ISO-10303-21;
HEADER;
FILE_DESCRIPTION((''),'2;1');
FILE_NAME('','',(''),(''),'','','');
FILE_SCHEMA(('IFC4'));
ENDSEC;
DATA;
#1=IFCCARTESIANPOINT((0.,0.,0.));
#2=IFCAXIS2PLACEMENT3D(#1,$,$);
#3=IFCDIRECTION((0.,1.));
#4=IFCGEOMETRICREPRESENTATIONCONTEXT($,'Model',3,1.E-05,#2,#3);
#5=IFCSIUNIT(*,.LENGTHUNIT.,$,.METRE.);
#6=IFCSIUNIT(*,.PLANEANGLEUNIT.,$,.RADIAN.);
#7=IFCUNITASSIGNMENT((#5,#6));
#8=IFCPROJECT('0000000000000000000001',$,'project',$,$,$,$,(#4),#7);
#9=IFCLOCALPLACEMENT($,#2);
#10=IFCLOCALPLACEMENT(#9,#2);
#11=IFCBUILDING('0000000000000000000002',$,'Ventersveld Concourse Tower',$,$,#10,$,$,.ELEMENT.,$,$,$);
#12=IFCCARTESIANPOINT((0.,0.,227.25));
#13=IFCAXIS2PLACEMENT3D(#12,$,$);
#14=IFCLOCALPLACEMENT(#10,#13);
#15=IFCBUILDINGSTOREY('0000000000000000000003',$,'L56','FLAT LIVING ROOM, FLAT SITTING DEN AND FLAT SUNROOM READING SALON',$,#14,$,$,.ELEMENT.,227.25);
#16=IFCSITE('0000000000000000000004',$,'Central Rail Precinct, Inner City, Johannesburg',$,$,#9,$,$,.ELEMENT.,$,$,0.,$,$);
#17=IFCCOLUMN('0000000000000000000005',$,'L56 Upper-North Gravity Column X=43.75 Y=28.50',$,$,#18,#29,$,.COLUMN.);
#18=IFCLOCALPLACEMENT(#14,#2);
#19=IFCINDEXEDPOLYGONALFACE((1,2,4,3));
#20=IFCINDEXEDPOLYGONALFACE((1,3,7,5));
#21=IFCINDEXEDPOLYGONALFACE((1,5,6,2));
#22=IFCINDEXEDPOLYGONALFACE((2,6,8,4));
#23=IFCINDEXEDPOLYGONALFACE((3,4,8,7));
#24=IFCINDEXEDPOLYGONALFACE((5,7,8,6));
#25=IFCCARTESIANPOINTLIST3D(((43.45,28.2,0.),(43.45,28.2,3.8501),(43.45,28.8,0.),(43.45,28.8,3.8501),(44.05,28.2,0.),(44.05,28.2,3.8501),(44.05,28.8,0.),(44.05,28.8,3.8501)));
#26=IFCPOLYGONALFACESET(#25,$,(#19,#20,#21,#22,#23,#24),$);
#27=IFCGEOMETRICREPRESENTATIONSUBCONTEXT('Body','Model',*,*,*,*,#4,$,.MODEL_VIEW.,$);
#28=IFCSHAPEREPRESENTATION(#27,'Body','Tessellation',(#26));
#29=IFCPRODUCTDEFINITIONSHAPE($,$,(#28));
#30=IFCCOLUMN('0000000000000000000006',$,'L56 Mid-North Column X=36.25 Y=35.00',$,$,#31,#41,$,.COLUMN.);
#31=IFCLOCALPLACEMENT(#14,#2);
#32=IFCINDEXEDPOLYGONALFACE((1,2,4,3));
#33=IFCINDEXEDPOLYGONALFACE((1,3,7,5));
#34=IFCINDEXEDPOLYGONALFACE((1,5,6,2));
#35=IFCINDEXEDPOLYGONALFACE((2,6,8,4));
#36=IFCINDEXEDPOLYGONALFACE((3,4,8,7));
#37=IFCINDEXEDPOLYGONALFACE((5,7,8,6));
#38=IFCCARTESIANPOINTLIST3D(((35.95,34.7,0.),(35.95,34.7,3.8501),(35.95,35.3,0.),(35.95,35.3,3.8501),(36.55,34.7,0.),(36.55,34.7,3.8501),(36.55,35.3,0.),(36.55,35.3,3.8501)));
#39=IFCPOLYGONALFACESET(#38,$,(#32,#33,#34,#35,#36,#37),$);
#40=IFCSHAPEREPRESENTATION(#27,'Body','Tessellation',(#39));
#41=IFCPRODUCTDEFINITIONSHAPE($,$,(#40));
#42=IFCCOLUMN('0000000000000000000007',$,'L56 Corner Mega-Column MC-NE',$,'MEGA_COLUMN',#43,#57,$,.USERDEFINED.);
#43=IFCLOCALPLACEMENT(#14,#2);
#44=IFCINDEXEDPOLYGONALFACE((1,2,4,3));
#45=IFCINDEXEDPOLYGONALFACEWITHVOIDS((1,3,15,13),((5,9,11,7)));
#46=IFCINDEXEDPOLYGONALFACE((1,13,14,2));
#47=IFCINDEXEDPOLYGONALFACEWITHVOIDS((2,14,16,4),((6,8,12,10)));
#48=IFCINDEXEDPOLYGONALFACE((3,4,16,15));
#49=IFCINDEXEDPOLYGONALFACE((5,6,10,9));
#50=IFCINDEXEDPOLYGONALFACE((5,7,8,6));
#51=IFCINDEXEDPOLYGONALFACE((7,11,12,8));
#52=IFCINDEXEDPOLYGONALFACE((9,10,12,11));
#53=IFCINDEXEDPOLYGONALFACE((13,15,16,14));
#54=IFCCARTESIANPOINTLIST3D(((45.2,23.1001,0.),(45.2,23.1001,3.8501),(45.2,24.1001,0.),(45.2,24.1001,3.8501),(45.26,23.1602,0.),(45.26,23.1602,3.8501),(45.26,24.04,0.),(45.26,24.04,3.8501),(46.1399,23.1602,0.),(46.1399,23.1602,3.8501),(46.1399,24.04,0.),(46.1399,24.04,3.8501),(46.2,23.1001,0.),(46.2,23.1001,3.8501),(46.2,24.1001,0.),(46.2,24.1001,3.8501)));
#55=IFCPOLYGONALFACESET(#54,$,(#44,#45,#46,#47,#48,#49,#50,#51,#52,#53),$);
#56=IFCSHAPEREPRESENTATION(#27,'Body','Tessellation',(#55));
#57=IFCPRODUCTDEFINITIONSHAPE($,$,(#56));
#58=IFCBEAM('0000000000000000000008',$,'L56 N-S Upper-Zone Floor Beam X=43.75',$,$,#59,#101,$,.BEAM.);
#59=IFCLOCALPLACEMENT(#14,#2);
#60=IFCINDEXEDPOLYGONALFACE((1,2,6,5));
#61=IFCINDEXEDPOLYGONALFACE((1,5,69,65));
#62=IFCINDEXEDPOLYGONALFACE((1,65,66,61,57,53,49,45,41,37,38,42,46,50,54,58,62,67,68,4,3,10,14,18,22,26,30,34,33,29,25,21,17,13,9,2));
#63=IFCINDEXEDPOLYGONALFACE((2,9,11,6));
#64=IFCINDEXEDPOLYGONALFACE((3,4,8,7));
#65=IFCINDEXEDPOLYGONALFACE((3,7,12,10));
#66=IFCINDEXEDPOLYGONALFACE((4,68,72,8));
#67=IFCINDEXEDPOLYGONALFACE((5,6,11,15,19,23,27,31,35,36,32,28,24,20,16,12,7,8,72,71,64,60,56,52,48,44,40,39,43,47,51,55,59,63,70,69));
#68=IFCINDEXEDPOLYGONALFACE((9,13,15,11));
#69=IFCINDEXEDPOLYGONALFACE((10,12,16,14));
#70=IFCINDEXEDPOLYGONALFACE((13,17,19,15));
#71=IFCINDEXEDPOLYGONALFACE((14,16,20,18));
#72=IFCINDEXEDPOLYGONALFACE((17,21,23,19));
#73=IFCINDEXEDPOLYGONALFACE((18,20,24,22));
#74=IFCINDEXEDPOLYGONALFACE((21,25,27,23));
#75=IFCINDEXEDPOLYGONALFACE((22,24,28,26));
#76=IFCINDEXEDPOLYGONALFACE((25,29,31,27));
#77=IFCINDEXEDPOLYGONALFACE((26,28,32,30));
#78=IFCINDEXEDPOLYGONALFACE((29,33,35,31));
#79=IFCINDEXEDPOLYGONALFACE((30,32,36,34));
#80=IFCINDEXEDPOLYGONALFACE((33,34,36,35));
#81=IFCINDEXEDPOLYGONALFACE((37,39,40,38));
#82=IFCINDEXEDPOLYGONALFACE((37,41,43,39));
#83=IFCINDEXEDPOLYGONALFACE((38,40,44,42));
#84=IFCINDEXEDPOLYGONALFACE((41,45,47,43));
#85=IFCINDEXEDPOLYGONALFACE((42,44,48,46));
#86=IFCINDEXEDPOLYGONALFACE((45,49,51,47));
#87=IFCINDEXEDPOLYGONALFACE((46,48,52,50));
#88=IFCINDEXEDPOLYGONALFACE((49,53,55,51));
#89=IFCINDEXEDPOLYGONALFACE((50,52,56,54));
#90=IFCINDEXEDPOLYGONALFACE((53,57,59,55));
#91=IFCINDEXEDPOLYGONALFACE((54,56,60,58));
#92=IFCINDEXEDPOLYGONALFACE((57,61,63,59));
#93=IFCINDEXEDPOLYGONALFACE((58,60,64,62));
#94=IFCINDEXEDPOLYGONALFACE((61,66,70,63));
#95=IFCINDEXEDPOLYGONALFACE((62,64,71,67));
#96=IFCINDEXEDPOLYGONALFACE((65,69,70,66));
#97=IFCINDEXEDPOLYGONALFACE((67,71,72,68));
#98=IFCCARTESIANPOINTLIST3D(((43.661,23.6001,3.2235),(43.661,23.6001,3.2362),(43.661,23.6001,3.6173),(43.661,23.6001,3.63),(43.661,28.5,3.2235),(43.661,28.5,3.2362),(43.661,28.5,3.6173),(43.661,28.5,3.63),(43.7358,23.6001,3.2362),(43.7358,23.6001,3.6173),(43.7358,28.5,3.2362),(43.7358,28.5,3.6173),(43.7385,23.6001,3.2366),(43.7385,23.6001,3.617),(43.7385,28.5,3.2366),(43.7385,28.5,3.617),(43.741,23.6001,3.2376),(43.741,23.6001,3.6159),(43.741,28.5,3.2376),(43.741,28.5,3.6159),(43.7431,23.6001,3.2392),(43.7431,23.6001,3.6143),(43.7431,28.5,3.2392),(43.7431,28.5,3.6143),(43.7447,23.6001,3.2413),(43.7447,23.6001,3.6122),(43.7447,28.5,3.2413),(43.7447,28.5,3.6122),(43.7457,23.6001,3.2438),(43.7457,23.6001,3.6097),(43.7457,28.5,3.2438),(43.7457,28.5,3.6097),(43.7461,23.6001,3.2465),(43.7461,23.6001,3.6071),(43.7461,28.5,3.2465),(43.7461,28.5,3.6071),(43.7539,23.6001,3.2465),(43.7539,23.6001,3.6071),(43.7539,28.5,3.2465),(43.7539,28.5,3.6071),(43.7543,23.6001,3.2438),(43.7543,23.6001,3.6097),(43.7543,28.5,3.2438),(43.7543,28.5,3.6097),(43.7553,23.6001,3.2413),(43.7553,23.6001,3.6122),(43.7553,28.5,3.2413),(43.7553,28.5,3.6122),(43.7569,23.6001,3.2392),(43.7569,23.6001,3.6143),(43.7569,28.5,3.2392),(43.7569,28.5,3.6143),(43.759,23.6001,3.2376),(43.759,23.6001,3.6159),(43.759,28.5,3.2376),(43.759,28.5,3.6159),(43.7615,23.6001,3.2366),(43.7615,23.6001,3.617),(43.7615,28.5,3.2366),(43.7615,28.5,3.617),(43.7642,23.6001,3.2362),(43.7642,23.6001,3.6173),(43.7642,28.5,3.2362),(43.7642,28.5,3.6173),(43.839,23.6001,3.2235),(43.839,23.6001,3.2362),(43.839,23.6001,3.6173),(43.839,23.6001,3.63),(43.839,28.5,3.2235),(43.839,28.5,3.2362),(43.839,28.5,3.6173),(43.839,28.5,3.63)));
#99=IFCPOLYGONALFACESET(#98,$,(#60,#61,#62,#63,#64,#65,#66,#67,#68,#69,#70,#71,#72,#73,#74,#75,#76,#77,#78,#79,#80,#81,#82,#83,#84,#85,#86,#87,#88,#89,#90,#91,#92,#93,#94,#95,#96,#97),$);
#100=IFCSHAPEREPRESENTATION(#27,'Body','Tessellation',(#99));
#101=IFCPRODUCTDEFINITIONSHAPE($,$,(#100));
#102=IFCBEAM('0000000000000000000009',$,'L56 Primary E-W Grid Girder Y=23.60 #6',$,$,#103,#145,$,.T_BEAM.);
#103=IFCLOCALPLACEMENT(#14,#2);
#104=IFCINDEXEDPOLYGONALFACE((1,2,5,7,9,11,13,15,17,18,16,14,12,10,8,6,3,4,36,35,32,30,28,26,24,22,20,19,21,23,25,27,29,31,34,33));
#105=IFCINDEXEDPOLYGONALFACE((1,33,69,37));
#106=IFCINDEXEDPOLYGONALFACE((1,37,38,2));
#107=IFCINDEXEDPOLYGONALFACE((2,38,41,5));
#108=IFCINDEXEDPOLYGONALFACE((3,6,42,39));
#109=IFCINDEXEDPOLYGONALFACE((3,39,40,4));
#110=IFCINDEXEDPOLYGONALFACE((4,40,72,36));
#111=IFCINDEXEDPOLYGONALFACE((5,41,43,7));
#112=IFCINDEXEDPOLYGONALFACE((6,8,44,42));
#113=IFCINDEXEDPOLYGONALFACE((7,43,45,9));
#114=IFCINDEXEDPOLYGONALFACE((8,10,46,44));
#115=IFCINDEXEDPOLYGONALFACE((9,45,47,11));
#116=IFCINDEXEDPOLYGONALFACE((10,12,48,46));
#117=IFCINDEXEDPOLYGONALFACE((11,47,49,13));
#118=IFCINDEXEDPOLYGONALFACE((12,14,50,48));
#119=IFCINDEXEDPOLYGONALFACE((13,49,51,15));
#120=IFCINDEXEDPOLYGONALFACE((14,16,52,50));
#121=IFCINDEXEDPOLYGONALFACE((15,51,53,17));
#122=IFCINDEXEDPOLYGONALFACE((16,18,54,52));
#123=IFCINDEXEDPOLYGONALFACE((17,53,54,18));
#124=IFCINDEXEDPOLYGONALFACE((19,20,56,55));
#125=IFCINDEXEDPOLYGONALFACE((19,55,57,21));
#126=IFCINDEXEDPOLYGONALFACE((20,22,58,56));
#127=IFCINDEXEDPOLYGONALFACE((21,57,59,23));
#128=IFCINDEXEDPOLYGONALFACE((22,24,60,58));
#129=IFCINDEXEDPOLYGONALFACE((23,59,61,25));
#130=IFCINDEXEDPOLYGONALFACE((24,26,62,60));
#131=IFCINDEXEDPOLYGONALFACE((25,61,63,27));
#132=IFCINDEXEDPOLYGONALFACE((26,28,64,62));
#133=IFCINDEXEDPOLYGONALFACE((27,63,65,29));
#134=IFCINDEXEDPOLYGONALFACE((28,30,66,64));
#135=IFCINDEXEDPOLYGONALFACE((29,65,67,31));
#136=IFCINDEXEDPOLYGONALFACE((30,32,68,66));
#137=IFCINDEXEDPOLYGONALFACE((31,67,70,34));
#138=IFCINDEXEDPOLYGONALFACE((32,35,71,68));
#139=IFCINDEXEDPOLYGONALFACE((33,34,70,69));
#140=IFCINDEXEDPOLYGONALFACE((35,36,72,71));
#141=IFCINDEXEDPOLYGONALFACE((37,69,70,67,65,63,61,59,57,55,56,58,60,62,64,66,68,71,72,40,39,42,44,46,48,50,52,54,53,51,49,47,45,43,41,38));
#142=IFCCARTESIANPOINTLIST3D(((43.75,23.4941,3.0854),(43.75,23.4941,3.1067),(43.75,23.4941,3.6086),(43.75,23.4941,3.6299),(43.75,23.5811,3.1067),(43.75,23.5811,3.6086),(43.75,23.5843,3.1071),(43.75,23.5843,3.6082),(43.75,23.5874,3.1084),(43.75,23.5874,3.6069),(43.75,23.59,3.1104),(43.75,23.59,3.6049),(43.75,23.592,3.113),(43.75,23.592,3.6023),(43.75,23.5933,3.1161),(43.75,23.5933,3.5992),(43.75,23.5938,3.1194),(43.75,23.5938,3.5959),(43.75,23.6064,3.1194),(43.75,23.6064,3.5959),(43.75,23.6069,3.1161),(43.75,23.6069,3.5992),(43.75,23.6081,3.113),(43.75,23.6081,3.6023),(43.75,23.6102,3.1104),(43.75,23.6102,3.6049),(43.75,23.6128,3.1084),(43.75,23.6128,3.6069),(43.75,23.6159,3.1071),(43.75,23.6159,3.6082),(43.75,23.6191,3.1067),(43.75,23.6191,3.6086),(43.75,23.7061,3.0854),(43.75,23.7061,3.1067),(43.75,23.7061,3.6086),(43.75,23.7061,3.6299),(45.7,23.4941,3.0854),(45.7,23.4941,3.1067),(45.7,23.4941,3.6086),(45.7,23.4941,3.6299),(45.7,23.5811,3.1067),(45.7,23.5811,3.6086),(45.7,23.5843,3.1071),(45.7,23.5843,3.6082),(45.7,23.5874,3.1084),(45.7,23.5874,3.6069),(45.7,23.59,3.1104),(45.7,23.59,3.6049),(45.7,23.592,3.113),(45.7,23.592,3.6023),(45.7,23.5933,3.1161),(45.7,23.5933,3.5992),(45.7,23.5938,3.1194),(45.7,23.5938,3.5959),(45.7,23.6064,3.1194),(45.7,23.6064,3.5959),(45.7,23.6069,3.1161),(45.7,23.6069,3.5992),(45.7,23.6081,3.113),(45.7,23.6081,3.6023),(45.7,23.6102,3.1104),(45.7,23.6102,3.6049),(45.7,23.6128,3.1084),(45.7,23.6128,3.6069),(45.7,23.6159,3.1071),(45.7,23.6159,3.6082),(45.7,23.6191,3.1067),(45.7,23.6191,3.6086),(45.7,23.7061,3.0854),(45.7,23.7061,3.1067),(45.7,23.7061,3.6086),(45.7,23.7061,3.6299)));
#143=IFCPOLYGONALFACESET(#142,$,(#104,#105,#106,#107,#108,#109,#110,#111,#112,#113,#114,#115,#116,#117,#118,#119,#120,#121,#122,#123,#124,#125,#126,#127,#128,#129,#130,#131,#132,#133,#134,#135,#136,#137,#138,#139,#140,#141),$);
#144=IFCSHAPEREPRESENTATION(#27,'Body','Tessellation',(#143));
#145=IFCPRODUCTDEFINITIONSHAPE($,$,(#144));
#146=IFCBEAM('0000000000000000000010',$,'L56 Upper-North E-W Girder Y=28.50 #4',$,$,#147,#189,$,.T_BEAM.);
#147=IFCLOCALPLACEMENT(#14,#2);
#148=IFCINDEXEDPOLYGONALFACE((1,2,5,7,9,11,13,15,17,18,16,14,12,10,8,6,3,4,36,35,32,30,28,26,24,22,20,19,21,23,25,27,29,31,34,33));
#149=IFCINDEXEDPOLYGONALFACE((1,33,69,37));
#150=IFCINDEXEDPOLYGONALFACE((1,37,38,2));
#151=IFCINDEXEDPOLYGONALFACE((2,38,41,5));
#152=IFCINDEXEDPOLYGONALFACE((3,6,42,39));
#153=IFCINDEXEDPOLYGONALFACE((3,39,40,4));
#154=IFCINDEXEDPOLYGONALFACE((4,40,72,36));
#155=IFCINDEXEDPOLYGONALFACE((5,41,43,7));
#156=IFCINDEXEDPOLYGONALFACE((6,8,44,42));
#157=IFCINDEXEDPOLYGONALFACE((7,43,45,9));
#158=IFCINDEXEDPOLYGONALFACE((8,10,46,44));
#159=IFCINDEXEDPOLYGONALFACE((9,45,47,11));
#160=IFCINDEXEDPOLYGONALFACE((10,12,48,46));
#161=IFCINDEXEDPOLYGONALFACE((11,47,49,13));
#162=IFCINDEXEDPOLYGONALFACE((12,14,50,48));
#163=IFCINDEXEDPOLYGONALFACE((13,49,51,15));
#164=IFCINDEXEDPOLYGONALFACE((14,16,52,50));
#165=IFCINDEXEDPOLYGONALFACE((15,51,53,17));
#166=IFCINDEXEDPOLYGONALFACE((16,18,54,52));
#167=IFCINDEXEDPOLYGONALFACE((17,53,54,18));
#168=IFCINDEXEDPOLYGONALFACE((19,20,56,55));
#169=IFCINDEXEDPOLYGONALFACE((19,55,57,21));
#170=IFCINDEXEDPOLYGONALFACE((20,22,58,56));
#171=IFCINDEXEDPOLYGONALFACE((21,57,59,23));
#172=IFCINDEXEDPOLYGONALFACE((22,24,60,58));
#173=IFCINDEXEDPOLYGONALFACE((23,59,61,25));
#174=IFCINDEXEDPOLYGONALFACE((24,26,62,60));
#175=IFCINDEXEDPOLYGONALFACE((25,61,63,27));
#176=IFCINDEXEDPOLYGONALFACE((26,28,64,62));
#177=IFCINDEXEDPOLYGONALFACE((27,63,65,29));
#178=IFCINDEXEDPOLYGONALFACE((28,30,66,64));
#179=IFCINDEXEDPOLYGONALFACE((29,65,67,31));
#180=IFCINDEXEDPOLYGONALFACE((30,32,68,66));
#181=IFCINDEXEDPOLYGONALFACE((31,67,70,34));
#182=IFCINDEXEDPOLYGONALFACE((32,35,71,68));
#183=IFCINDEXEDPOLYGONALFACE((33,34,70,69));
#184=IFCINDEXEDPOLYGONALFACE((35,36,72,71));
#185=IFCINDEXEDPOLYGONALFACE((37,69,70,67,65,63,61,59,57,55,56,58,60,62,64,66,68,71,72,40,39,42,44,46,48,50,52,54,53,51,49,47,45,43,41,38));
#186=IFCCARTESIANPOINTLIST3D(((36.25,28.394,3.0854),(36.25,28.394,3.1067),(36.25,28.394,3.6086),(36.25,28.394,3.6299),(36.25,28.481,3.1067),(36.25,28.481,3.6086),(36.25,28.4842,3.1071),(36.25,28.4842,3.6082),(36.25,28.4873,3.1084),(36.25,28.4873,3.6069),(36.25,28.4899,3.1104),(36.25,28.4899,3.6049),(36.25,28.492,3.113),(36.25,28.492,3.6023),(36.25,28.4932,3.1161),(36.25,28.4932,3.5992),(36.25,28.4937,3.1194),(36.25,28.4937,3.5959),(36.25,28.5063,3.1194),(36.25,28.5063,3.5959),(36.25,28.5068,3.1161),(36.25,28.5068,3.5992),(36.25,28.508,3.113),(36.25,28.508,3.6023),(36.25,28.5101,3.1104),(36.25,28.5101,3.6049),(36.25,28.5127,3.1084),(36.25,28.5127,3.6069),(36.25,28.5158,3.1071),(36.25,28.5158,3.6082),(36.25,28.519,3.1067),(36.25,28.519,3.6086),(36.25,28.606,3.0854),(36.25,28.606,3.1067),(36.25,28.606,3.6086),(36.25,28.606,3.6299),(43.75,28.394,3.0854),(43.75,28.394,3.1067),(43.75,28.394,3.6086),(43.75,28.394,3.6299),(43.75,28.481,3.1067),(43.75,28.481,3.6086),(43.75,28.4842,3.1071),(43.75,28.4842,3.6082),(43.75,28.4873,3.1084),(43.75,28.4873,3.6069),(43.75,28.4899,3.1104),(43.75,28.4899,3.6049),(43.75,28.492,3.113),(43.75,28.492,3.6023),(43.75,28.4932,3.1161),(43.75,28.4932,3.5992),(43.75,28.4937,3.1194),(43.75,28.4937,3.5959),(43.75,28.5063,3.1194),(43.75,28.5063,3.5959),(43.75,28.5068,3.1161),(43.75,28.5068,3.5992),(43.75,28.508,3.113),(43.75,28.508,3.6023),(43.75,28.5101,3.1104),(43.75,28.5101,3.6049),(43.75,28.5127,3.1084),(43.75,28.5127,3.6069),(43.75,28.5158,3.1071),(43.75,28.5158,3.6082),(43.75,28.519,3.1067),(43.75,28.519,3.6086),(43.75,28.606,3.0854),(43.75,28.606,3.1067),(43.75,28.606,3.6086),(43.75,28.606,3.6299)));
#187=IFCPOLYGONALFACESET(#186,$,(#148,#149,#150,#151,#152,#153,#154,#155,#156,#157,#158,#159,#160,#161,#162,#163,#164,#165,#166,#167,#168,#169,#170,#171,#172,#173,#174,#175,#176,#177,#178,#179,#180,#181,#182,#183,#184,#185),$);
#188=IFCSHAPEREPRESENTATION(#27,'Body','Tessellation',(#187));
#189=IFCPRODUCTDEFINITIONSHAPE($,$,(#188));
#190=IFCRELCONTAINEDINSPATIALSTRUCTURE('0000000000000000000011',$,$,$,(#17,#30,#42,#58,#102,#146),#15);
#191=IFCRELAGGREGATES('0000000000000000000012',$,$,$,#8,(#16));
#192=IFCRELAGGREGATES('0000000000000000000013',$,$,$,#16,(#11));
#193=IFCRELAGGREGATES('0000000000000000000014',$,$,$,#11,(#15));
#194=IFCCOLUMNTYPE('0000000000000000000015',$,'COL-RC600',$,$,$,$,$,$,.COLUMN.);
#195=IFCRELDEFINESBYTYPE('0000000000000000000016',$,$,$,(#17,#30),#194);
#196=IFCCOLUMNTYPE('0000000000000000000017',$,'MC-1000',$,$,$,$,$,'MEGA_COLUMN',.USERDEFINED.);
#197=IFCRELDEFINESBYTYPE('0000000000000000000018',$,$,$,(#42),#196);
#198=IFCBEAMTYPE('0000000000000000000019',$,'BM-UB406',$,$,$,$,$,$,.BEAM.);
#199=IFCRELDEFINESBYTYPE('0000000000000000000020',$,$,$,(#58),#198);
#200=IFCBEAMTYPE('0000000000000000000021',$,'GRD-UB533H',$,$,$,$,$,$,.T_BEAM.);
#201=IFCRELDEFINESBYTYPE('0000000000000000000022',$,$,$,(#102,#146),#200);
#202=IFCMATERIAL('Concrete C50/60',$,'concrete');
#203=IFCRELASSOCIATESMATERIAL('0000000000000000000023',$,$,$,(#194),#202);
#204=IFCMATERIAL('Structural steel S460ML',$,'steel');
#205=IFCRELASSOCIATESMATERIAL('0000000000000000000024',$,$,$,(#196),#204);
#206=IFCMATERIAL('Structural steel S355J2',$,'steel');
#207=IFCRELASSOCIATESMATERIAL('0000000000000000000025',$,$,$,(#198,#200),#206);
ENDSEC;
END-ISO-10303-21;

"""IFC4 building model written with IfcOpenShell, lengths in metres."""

from ifc_helpers import new_model, si_unit, direction, frame, origin, origin_2d, place, context, subcontext, project, spatial, rectangle, hollow_rectangle, i_section, extrude, material, material_profile, profile_set, type_object, element, save


model = new_model("IFC4")

# Units and contexts
model_context = context("Model", 3, precision=1e-05, world=origin(), true_north=direction((0.0, 1.0)))
body_context = subcontext(model_context, "Body", "Model", "MODEL_VIEW")
ifc_project = project(units=[si_unit("LENGTHUNIT", "METRE"), si_unit("PLANEANGLEUNIT", "RADIAN")], contexts=[model_context])

# Site, building, storey
site_placement = place(None, origin())
site = spatial("IfcSite", under=ifc_project, at=site_placement, Name="Central Rail Precinct, Inner City, Johannesburg", CompositionType="ELEMENT", RefElevation=0.0)
building_placement = place(site_placement, origin())
building = spatial("IfcBuilding", under=site, at=building_placement, Name="Ventersveld Concourse Tower", CompositionType="ELEMENT")
storey_placement = place(building_placement, frame((0.0, 0.0, 227.25)))
storey = spatial("IfcBuildingStorey", under=building, at=storey_placement, Name="L56", Description="FLAT LIVING ROOM, FLAT SITTING DEN AND FLAT SUNROOM READING SALON", CompositionType="ELEMENT", Elevation=227.25)

# Columns
ifc_material_1 = material(Name="Concrete C50/60", Category="concrete")
ifc_material_profile_1 = material_profile(ifc_material_1, rectangle(XDim=0.6001, YDim=0.6001, at=origin_2d()), Name="RC 600x600")
ifc_profile_set_1 = profile_set([ifc_material_profile_1], Name="Concrete C50/60")
column_type_1 = type_object("IfcColumnType", Name="COL-RC600", PredefinedType="COLUMN", material=ifc_profile_set_1)
for number, where, z_axis, x_axis, name in (
    (1, (43.75, 28.5, 0.0), (0.0, 0.0, 1.0), (1.0, 0.0, 0.0), "L56 Upper-North Gravity Column X=43.75 Y=28.50"),
    (2, (36.25, 35.0, 0.0), (0.0, 0.0, 1.0), (1.0, 0.0, 0.0), "L56 Mid-North Column X=36.25 Y=35.00"),
):
    element("IfcColumn", number, at=place(storey_placement, frame(where, z_axis=z_axis, x_axis=x_axis)), inside=storey, type_object=column_type_1, Name=name, PredefinedType="COLUMN", context=body_context, shape_type="SweptSolid", body=[
        extrude(rectangle(XDim=0.6001, YDim=0.6001, at=origin_2d()), origin(), (0.0, 0.0, 1.0), 3.8501),
    ])
ifc_material_2 = material(Name="Structural steel S460ML", Category="steel")
ifc_material_profile_2 = material_profile(ifc_material_2, hollow_rectangle(XDim=1.0, YDim=1.0, WallThickness=0.0601, at=origin_2d()), Name="BOX 1000x1000x60")
ifc_profile_set_2 = profile_set([ifc_material_profile_2], Name="Structural steel S460ML")
column_type_2 = type_object("IfcColumnType", Name="MC-1000", ElementType="MEGA_COLUMN", PredefinedType="USERDEFINED", material=ifc_profile_set_2)
column_placement = place(storey_placement, frame((45.7, 23.6001, 0.0), z_axis=(0.0, 0.0, 1.0), x_axis=(1.0, 0.0, 0.0)))
element("IfcColumn", 3, at=column_placement, inside=storey, type_object=column_type_2, Name="L56 Corner Mega-Column MC-NE", ObjectType="MEGA_COLUMN", PredefinedType="USERDEFINED", context=body_context, shape_type="SweptSolid", body=[
    extrude(hollow_rectangle(XDim=1.0, YDim=1.0, WallThickness=0.0601, at=origin_2d()), origin(), (0.0, 0.0, 1.0), 3.8501),
])

# Beams
ifc_material_3 = material(Name="Structural steel S355J2", Category="steel")
ifc_material_profile_3 = material_profile(ifc_material_3, i_section(OverallWidth=0.178, OverallDepth=0.4065, WebThickness=0.0078, FlangeThickness=0.0127, FilletRadius=0.0103, at=origin_2d()), Name="UB 406x178x60")
ifc_profile_set_3 = profile_set([ifc_material_profile_3], Name="Structural steel S355J2")
beam_type_1 = type_object("IfcBeamType", Name="BM-UB406", PredefinedType="BEAM", material=ifc_profile_set_3)
beam_1_placement = place(storey_placement, frame((43.75, 23.6001, 3.4268), z_axis=(0.0, 1.0, 0.0), x_axis=(-1.0, 0.0, 0.0)))
element("IfcBeam", 4, at=beam_1_placement, inside=storey, type_object=beam_type_1, Name="L56 N-S Upper-Zone Floor Beam X=43.75", PredefinedType="BEAM", context=body_context, shape_type="SweptSolid", body=[
    extrude(i_section(OverallWidth=0.178, OverallDepth=0.4065, WebThickness=0.0078, FlangeThickness=0.0127, FilletRadius=0.0103, at=origin_2d()), origin(), (0.0, 0.0, 1.0), 4.8999),
])
ifc_material_profile_4 = material_profile(ifc_material_3, i_section(OverallWidth=0.2119, OverallDepth=0.5444, WebThickness=0.0127, FlangeThickness=0.0212, FilletRadius=0.0127, at=origin_2d()), Name="UB 533x210x122")
ifc_profile_set_4 = profile_set([ifc_material_profile_4], Name="Structural steel S355J2")
beam_type_2 = type_object("IfcBeamType", Name="GRD-UB533H", PredefinedType="T_BEAM", material=ifc_profile_set_4)
beam_2_placement = place(storey_placement, frame((43.75, 23.6001, 3.3577), z_axis=(1.0, 0.0, 0.0), x_axis=(0.0, 1.0, 0.0)))
element("IfcBeam", 5, at=beam_2_placement, inside=storey, type_object=beam_type_2, Name="L56 Primary E-W Grid Girder Y=23.60 #6", PredefinedType="T_BEAM", context=body_context, shape_type="SweptSolid", body=[
    extrude(i_section(OverallWidth=0.2119, OverallDepth=0.5444, WebThickness=0.0127, FlangeThickness=0.0212, FilletRadius=0.0127, at=origin_2d()), origin(), (0.0, 0.0, 1.0), 1.95),
])
beam_3_placement = place(storey_placement, frame((36.25, 28.5, 3.3577), z_axis=(1.0, 0.0, 0.0), x_axis=(0.0, 1.0, 0.0)))
element("IfcBeam", 6, at=beam_3_placement, inside=storey, type_object=beam_type_2, Name="L56 Upper-North E-W Girder Y=28.50 #4", PredefinedType="T_BEAM", context=body_context, shape_type="SweptSolid", body=[
    extrude(i_section(OverallWidth=0.2119, OverallDepth=0.5444, WebThickness=0.0127, FlangeThickness=0.0212, FilletRadius=0.0127, at=origin_2d()), origin(), (0.0, 0.0, 1.0), 7.5),
])

save(model, "model.ifc")
